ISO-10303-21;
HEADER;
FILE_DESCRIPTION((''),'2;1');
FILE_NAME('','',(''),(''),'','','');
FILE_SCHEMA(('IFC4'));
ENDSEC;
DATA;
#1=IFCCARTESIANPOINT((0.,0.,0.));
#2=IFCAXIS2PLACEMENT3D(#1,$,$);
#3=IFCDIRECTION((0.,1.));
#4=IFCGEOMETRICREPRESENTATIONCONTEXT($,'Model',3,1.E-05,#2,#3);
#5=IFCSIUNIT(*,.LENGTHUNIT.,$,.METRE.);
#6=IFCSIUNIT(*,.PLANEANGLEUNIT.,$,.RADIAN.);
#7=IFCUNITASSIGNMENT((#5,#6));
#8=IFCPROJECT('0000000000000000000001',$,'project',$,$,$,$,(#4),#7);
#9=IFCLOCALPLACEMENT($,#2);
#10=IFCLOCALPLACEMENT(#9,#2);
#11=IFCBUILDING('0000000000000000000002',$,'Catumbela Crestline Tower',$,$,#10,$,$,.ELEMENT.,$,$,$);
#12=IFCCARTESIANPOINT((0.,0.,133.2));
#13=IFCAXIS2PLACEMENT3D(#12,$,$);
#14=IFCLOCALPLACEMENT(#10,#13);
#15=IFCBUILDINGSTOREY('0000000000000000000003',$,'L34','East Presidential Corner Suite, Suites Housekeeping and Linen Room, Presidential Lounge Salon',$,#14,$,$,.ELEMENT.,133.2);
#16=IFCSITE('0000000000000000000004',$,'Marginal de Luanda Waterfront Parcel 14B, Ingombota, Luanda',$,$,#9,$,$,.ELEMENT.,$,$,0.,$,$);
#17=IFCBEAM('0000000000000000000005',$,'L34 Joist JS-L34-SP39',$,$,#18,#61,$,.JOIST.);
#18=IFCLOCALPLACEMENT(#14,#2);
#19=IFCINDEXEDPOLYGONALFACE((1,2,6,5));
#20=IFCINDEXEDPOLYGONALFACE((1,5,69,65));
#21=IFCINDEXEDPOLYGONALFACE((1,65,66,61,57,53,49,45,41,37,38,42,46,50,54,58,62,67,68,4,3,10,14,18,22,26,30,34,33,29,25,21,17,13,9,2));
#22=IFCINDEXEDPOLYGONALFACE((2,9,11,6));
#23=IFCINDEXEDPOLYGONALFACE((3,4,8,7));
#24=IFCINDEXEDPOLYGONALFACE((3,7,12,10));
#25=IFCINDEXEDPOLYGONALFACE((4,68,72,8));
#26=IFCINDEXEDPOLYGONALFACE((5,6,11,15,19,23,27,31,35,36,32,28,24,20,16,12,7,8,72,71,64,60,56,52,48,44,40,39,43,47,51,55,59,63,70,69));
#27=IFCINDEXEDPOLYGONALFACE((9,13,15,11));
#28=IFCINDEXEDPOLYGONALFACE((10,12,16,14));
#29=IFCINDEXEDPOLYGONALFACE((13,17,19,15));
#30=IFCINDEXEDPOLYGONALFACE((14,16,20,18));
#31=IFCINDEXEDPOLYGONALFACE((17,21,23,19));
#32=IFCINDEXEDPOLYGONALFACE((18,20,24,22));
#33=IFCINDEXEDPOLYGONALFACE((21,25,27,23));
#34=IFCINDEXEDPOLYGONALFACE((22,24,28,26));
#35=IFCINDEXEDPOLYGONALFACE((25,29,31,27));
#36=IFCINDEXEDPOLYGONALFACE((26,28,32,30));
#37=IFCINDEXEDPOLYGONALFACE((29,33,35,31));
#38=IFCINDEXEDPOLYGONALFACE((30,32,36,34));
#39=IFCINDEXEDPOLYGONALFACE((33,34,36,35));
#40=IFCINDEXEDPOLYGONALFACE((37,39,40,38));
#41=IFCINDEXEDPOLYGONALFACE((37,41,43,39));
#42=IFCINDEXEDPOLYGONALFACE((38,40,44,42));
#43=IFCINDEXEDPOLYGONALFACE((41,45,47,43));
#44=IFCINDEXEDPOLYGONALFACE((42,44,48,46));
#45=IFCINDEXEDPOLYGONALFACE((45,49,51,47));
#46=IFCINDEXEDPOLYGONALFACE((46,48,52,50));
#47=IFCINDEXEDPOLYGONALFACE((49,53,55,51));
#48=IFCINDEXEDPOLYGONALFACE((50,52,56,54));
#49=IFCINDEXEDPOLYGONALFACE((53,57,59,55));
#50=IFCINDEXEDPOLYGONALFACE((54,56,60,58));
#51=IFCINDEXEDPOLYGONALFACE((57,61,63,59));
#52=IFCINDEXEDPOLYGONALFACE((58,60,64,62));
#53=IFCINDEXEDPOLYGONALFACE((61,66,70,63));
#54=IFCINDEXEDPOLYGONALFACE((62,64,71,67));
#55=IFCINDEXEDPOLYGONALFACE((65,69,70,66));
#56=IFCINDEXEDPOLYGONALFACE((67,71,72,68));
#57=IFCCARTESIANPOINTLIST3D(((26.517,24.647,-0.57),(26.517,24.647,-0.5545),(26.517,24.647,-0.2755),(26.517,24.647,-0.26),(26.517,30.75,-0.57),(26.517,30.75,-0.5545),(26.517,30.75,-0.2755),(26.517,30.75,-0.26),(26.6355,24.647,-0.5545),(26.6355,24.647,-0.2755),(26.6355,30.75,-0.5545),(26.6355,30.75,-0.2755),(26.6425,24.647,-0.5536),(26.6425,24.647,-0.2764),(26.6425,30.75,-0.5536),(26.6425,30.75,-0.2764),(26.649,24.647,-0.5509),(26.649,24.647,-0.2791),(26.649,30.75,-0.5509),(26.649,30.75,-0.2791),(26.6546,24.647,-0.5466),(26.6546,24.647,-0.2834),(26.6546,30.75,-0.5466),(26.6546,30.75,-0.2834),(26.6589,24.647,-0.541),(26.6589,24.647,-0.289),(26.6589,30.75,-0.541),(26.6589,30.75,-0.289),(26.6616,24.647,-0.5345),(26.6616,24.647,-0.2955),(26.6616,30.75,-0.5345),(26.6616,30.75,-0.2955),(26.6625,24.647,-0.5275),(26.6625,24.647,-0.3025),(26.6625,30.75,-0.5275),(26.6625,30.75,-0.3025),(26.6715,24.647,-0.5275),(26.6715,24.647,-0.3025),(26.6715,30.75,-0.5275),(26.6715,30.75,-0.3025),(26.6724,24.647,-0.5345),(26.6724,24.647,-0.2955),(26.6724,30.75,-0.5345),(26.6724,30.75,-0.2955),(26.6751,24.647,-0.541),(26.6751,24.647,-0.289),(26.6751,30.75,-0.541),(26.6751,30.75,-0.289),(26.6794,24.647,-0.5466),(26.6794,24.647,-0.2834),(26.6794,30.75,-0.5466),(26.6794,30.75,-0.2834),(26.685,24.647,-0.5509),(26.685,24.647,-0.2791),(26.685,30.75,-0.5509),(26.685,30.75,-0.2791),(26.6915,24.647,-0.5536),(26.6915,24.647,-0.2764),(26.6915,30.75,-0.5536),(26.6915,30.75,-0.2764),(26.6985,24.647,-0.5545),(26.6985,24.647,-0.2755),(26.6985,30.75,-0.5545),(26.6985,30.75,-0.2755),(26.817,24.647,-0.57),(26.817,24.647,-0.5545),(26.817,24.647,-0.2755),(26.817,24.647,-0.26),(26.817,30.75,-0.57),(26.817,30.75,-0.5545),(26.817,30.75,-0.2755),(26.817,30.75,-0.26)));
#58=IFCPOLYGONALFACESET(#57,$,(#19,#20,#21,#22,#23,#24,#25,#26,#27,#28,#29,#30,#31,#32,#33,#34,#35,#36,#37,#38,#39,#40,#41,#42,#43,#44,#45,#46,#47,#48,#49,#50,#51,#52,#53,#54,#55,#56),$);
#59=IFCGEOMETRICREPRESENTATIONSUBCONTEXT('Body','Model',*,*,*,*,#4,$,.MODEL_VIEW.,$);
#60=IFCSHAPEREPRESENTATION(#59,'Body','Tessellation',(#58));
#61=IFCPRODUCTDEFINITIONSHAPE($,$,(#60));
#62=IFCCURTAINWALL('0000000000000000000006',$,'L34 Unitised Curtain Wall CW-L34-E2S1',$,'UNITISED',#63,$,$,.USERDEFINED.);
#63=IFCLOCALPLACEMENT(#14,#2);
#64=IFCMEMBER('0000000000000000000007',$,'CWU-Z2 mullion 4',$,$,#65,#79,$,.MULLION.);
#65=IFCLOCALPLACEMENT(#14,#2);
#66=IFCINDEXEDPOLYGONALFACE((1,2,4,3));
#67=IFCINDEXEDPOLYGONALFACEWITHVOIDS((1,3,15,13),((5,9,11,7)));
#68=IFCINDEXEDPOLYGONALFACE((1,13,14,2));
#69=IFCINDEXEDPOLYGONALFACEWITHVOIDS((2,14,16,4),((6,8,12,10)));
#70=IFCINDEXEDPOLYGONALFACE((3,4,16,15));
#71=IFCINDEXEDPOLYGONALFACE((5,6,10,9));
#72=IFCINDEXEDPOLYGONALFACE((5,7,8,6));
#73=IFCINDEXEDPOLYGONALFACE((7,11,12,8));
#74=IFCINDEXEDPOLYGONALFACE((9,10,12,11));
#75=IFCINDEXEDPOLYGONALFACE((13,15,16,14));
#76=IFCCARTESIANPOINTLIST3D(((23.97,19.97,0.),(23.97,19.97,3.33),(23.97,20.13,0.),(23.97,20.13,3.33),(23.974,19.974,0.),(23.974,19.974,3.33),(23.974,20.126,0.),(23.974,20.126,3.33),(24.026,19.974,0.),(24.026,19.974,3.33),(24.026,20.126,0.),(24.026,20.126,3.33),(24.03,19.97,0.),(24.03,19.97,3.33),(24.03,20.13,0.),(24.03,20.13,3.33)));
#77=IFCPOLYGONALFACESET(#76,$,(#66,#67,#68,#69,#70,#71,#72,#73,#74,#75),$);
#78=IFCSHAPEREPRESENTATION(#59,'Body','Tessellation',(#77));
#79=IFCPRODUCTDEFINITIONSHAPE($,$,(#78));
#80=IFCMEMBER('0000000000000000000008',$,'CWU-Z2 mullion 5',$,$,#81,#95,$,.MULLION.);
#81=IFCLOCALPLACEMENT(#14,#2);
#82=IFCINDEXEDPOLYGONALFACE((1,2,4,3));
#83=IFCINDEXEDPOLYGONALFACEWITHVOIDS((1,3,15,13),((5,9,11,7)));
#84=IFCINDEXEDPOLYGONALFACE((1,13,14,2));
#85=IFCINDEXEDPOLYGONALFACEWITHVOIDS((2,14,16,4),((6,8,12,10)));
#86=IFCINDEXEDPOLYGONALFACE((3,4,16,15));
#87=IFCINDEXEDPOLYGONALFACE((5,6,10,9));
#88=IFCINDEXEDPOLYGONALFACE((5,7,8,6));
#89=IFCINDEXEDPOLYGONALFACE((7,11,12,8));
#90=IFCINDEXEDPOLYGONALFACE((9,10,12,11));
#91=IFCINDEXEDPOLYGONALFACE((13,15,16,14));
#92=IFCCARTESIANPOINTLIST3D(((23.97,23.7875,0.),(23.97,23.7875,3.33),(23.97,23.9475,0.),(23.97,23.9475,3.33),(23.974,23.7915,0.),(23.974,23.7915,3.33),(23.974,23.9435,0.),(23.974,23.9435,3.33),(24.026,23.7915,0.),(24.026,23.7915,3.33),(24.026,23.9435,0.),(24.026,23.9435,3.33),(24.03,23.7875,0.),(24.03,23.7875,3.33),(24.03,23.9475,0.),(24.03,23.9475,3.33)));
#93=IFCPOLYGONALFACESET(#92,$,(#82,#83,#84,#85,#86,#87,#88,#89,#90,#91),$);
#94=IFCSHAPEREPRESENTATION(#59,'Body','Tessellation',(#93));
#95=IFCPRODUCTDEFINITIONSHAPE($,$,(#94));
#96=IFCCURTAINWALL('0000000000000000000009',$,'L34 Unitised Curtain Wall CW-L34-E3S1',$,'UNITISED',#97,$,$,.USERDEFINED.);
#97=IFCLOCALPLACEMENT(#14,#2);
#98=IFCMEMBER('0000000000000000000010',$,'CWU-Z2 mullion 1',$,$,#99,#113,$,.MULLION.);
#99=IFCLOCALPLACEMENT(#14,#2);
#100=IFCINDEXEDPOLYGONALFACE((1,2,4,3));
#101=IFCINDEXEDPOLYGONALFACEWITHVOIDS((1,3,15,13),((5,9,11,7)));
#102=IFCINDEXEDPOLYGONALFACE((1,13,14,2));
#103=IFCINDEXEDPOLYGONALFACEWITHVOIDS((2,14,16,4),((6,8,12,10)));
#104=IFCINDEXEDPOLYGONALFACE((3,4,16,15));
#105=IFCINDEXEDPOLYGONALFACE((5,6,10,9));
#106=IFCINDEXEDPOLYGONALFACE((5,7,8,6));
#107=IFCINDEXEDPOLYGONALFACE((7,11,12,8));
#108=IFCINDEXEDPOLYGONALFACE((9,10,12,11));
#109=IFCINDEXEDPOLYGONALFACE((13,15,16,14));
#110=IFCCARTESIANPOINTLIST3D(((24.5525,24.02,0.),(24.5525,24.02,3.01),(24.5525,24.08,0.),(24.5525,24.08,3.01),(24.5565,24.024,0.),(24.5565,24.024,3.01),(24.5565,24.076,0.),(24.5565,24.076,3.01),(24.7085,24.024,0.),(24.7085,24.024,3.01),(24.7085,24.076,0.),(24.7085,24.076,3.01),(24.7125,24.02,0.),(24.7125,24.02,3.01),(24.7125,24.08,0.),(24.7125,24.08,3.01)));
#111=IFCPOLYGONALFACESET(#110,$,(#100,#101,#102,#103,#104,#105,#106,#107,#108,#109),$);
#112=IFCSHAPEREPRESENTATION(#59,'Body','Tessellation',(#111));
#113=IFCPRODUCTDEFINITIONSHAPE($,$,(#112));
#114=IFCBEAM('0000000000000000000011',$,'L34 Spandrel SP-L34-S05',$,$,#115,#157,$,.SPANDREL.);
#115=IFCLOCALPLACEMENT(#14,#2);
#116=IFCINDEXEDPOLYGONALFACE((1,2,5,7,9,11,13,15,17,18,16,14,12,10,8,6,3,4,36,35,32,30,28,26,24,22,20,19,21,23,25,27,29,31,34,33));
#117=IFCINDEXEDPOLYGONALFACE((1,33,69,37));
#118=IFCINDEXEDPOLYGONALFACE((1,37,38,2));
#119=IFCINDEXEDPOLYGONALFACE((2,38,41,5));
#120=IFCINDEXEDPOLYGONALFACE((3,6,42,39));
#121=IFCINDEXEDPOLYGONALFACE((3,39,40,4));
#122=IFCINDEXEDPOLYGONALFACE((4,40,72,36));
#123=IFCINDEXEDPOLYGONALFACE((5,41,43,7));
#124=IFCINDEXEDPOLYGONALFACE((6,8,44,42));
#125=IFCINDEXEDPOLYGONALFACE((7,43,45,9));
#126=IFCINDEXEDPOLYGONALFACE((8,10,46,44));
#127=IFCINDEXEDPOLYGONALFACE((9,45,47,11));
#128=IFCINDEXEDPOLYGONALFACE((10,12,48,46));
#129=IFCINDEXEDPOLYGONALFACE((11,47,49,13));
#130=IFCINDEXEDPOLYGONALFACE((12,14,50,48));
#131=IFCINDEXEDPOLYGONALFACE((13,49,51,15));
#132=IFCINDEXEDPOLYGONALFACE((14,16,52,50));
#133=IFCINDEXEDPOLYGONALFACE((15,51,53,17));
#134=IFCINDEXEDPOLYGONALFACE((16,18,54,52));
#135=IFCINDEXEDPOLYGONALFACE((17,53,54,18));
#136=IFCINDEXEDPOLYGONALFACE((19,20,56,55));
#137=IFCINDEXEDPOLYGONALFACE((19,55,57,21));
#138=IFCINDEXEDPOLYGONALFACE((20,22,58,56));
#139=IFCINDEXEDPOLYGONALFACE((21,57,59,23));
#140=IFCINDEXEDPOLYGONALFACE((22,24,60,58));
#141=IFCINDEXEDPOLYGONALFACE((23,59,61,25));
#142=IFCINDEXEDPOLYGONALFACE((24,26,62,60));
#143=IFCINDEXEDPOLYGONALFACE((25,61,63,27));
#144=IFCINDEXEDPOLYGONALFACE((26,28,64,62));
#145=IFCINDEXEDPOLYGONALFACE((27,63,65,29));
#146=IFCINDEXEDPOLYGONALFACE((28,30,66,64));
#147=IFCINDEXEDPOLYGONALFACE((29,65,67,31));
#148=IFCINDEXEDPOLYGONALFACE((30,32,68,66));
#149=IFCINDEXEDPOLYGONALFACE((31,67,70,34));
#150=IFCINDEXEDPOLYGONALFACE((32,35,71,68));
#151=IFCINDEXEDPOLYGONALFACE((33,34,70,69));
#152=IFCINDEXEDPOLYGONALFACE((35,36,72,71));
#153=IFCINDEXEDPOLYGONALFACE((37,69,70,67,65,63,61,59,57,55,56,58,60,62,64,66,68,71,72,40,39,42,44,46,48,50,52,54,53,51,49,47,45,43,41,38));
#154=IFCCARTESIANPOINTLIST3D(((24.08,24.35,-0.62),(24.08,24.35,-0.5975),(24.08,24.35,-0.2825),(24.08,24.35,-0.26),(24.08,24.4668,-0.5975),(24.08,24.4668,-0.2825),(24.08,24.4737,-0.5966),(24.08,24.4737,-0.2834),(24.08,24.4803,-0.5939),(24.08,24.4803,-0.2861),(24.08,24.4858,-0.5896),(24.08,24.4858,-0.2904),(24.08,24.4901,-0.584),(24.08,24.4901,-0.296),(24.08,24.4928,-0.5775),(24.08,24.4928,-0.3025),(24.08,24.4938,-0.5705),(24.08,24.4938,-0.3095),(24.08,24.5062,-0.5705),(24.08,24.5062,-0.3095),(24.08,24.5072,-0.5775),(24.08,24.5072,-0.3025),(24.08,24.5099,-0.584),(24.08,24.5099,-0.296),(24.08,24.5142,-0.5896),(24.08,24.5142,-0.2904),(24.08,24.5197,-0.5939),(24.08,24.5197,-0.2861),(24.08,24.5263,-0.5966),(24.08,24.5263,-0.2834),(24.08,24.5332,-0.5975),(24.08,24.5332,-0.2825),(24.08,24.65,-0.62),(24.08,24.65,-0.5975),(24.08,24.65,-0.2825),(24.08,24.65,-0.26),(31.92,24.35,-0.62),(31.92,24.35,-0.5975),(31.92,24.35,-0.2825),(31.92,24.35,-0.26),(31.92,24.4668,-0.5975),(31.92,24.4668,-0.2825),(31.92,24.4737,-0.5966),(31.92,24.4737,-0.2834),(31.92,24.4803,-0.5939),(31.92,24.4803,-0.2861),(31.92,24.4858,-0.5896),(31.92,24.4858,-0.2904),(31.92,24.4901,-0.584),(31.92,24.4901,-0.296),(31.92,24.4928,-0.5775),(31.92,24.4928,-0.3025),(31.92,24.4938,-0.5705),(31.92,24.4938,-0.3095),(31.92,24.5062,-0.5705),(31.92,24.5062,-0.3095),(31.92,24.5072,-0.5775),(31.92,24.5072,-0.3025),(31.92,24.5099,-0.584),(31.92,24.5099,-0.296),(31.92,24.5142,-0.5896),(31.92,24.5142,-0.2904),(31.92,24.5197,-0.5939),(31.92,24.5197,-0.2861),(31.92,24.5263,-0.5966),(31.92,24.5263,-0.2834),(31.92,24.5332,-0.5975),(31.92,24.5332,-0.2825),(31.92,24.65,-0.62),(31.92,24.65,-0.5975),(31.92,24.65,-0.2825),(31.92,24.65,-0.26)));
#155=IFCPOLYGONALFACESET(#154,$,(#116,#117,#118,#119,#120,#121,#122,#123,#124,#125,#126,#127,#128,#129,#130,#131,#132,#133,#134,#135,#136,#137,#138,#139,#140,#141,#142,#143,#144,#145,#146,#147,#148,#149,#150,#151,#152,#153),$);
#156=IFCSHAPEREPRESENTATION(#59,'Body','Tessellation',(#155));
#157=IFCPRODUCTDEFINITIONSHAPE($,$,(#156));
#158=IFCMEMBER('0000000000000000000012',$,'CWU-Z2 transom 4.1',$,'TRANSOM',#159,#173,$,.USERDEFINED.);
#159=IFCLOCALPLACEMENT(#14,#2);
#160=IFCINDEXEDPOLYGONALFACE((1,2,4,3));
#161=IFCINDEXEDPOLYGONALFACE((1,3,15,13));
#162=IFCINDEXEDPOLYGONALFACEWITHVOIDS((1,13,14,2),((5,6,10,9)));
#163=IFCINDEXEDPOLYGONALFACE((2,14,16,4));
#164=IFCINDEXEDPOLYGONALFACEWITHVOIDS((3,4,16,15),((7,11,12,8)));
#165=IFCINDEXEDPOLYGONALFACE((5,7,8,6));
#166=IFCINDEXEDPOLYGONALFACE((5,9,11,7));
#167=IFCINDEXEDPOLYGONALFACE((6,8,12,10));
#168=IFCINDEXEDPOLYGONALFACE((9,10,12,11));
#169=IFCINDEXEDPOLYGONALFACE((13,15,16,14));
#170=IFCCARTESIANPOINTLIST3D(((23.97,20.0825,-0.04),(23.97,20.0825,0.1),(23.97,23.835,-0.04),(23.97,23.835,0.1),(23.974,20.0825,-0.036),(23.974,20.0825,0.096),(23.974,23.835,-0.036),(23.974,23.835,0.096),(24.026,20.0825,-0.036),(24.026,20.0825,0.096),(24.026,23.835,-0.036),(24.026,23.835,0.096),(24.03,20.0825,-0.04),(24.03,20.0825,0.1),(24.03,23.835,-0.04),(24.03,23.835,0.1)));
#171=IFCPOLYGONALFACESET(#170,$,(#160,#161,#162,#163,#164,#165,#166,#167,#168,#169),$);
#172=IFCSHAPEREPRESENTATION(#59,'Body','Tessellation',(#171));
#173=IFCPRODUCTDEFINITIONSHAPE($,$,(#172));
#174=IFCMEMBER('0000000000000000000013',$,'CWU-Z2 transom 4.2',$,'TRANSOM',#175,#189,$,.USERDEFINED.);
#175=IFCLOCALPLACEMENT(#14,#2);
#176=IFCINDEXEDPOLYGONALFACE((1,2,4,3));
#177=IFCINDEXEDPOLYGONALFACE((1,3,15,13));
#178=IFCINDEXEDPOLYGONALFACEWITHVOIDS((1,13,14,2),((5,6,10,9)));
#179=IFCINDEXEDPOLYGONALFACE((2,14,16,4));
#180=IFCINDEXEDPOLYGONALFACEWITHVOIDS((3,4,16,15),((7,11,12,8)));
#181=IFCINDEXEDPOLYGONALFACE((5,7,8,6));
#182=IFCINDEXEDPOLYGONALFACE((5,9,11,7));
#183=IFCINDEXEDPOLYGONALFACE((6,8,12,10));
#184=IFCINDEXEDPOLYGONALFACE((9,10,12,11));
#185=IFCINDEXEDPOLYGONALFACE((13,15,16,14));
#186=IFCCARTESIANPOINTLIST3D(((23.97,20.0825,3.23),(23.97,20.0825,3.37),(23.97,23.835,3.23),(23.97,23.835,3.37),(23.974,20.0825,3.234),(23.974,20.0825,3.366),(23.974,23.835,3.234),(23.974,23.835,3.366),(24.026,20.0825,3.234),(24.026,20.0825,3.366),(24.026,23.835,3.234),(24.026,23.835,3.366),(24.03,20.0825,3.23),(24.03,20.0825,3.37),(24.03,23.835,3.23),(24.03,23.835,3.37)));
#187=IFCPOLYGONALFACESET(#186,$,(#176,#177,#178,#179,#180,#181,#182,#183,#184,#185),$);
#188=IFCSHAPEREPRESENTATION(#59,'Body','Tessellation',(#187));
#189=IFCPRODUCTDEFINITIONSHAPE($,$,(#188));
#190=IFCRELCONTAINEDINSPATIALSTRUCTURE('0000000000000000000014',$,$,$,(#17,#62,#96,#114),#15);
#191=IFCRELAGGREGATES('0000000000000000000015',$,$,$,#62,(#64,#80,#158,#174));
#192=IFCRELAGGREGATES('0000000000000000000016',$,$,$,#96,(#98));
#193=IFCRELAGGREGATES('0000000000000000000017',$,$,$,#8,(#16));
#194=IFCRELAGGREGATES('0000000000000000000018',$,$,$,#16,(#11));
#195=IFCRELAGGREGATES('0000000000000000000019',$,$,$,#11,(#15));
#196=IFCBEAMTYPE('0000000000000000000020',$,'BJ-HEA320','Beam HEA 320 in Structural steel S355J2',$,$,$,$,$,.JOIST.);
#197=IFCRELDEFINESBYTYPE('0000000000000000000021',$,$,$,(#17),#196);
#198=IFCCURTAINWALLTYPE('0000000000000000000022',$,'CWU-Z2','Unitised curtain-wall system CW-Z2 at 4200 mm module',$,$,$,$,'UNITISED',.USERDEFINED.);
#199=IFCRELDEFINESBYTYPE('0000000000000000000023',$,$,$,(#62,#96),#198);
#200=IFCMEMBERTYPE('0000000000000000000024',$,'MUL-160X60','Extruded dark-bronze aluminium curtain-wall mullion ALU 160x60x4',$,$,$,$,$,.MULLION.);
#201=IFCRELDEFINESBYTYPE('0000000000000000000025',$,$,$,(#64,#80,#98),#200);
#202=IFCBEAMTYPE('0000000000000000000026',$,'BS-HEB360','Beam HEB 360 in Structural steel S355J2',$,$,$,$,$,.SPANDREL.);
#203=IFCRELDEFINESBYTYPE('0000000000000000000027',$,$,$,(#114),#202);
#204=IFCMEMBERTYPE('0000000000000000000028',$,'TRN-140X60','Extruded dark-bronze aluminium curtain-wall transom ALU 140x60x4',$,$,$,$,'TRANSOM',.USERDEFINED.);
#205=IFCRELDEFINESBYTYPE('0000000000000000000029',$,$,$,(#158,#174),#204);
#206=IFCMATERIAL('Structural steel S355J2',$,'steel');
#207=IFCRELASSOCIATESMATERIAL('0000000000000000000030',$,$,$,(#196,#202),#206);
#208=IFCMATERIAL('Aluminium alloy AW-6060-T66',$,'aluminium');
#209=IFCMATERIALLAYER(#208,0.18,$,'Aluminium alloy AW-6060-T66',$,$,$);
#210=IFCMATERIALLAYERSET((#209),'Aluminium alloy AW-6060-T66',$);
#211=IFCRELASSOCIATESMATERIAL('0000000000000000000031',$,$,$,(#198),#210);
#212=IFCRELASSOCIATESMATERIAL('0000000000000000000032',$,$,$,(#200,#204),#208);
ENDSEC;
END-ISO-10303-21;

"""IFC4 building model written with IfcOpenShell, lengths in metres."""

from ifc_helpers import new_model, si_unit, direction, frame, origin, origin_2d, place, context, subcontext, project, spatial, hollow_rectangle, i_section, extrude, material, layer, layer_set, material_profile, profile_set, type_object, element, aggregate, save


model = new_model("IFC4")

# Units and contexts
model_context = context("Model", 3, precision=1e-05, world=origin(), true_north=direction((0.0, 1.0)))
body_context = subcontext(model_context, "Body", "Model", "MODEL_VIEW")
ifc_project = project(units=[si_unit("LENGTHUNIT", "METRE"), si_unit("PLANEANGLEUNIT", "RADIAN")], contexts=[model_context])

# Site, building, storey
site_placement = place(None, origin())
site = spatial("IfcSite", under=ifc_project, at=site_placement, Name="Marginal de Luanda Waterfront Parcel 14B, Ingombota, Luanda", CompositionType="ELEMENT", RefElevation=0.0)
building_placement = place(site_placement, origin())
building = spatial("IfcBuilding", under=site, at=building_placement, Name="Catumbela Crestline Tower", CompositionType="ELEMENT")
storey_placement = place(building_placement, frame((0.0, 0.0, 133.2)))
storey = spatial("IfcBuildingStorey", under=building, at=storey_placement, Name="L34", Description="East Presidential Corner Suite, Suites Housekeeping and Linen Room, Presidential Lounge Salon", CompositionType="ELEMENT", Elevation=133.2)

# Beam
ifc_material_1 = material(Name="Structural steel S355J2", Category="steel")
ifc_material_profile_1 = material_profile(ifc_material_1, i_section(OverallWidth=0.3, OverallDepth=0.31, WebThickness=0.009, FlangeThickness=0.0155, FilletRadius=0.027, at=origin_2d()), Name="HEA 320")
ifc_profile_set_1 = profile_set([ifc_material_profile_1], Name="Structural steel S355J2")
beam_type_1 = type_object("IfcBeamType", Name="BJ-HEA320", Description="Beam HEA 320 in Structural steel S355J2", PredefinedType="JOIST", material=ifc_profile_set_1)
for number, where, z_axis, x_axis, name in (
    (1, (26.667, 24.647, -0.415), (0.0, 1.0, 0.0), (-1.0, 0.0, 0.0), "L34 Joist JS-L34-SP39"),
):
    element("IfcBeam", number, at=place(storey_placement, frame(where, z_axis=z_axis, x_axis=x_axis)), inside=storey, type_object=beam_type_1, Name=name, PredefinedType="JOIST", context=body_context, shape_type="SweptSolid", body=[
        extrude(i_section(OverallWidth=0.3, OverallDepth=0.31, WebThickness=0.009, FlangeThickness=0.0155, FilletRadius=0.027, at=origin_2d()), origin(), (0.0, 0.0, 1.0), 6.103),
    ])

# Curtain wall, members
ifc_material_2 = material(Name="Aluminium alloy AW-6060-T66", Category="aluminium")
ifc_layer_1 = layer(ifc_material_2, 0.18, Name="Aluminium alloy AW-6060-T66")
ifc_layer_set_1 = layer_set([ifc_layer_1], Name="Aluminium alloy AW-6060-T66")
curtain_wall_type = type_object("IfcCurtainWallType", Name="CWU-Z2", Description="Unitised curtain-wall system CW-Z2 at 4200 mm module", ElementType="UNITISED", PredefinedType="USERDEFINED", material=ifc_layer_set_1)
curtain_wall_1_placement = place(storey_placement, origin())
curtain_wall_1 = element("IfcCurtainWall", 2, at=curtain_wall_1_placement, inside=storey, type_object=curtain_wall_type, Name="L34 Unitised Curtain Wall CW-L34-E2S1", ObjectType="UNITISED", PredefinedType="USERDEFINED")
ifc_material_profile_2 = material_profile(ifc_material_2, hollow_rectangle(XDim=0.06, YDim=0.16, WallThickness=0.004, at=origin_2d()), Name="ALU 160x60x4")
ifc_profile_set_2 = profile_set([ifc_material_profile_2], Name="Aluminium alloy AW-6060-T66")
member_type_1 = type_object("IfcMemberType", Name="MUL-160X60", Description="Extruded dark-bronze aluminium curtain-wall mullion ALU 160x60x4", PredefinedType="MULLION", material=ifc_profile_set_2)
member_1_placement = place(storey_placement, frame((24.0, 20.05, 0.0), z_axis=(0.0, 0.0, 1.0), x_axis=(-1.0, 0.0, 0.0)))
member_1 = element("IfcMember", 3, at=member_1_placement, type_object=member_type_1, Name="CWU-Z2 mullion 4", PredefinedType="MULLION", context=body_context, shape_type="SweptSolid", body=[
    extrude(hollow_rectangle(XDim=0.06, YDim=0.16, WallThickness=0.004, at=origin_2d()), origin(), (0.0, 0.0, 1.0), 3.33),
])
member_2_placement = place(storey_placement, frame((24.0, 23.8675, 0.0), z_axis=(0.0, 0.0, 1.0), x_axis=(-1.0, 0.0, 0.0)))
member_2 = element("IfcMember", 4, at=member_2_placement, type_object=member_type_1, Name="CWU-Z2 mullion 5", PredefinedType="MULLION", context=body_context, shape_type="SweptSolid", body=[
    extrude(hollow_rectangle(XDim=0.06, YDim=0.16, WallThickness=0.004, at=origin_2d()), origin(), (0.0, 0.0, 1.0), 3.33),
])

# Curtain wall, member
curtain_wall_2_placement = place(storey_placement, origin())
curtain_wall_2 = element("IfcCurtainWall", 5, at=curtain_wall_2_placement, inside=storey, type_object=curtain_wall_type, Name="L34 Unitised Curtain Wall CW-L34-E3S1", ObjectType="UNITISED", PredefinedType="USERDEFINED")
member_3_placement = place(storey_placement, frame((24.6325, 24.05, 0.0), z_axis=(0.0, 0.0, 1.0), x_axis=(0.0, 1.0, 0.0)))
member_3 = element("IfcMember", 6, at=member_3_placement, type_object=member_type_1, Name="CWU-Z2 mullion 1", PredefinedType="MULLION", context=body_context, shape_type="SweptSolid", body=[
    extrude(hollow_rectangle(XDim=0.06, YDim=0.16, WallThickness=0.004, at=origin_2d()), origin(), (0.0, 0.0, 1.0), 3.01),
])

# Beam
ifc_material_profile_3 = material_profile(ifc_material_1, i_section(OverallWidth=0.3, OverallDepth=0.36, WebThickness=0.0125, FlangeThickness=0.0225, FilletRadius=0.027, at=origin_2d()), Name="HEB 360")
ifc_profile_set_3 = profile_set([ifc_material_profile_3], Name="Structural steel S355J2")
beam_type_2 = type_object("IfcBeamType", Name="BS-HEB360", Description="Beam HEB 360 in Structural steel S355J2", PredefinedType="SPANDREL", material=ifc_profile_set_3)
beam_1_placement = place(storey_placement, frame((24.08, 24.5, -0.44), z_axis=(1.0, 0.0, 0.0), x_axis=(0.0, 1.0, 0.0)))
element("IfcBeam", 7, at=beam_1_placement, inside=storey, type_object=beam_type_2, Name="L34 Spandrel SP-L34-S05", PredefinedType="SPANDREL", context=body_context, shape_type="SweptSolid", body=[
    extrude(i_section(OverallWidth=0.3, OverallDepth=0.36, WebThickness=0.0125, FlangeThickness=0.0225, FilletRadius=0.027, at=origin_2d()), origin(), (0.0, 0.0, 1.0), 7.84),
])

# Members
ifc_material_profile_4 = material_profile(ifc_material_2, hollow_rectangle(XDim=0.06, YDim=0.14, WallThickness=0.004, at=origin_2d()), Name="ALU 140x60x4")
ifc_profile_set_4 = profile_set([ifc_material_profile_4], Name="Aluminium alloy AW-6060-T66")
member_type_2 = type_object("IfcMemberType", Name="TRN-140X60", Description="Extruded dark-bronze aluminium curtain-wall transom ALU 140x60x4", ElementType="TRANSOM", PredefinedType="USERDEFINED", material=ifc_profile_set_4)
member_4_placement = place(storey_placement, frame((24.0, 20.0825, 0.03), z_axis=(0.0, 1.0, 0.0), x_axis=(-1.0, 0.0, 0.0)))
member_4 = element("IfcMember", 8, at=member_4_placement, type_object=member_type_2, Name="CWU-Z2 transom 4.1", ObjectType="TRANSOM", PredefinedType="USERDEFINED", context=body_context, shape_type="SweptSolid", body=[
    extrude(hollow_rectangle(XDim=0.06, YDim=0.14, WallThickness=0.004, at=origin_2d()), origin(), (0.0, 0.0, 1.0), 3.7525),
])
member_5_placement = place(storey_placement, frame((24.0, 20.0825, 3.3), z_axis=(0.0, 1.0, 0.0), x_axis=(-1.0, 0.0, 0.0)))
member_5 = element("IfcMember", 9, at=member_5_placement, type_object=member_type_2, Name="CWU-Z2 transom 4.2", ObjectType="TRANSOM", PredefinedType="USERDEFINED", context=body_context, shape_type="SweptSolid", body=[
    extrude(hollow_rectangle(XDim=0.06, YDim=0.14, WallThickness=0.004, at=origin_2d()), origin(), (0.0, 0.0, 1.0), 3.7525),
])

aggregate(curtain_wall_1, [member_1, member_2, member_4, member_5])
aggregate(curtain_wall_2, [member_3])

save(model, "model.ifc")
